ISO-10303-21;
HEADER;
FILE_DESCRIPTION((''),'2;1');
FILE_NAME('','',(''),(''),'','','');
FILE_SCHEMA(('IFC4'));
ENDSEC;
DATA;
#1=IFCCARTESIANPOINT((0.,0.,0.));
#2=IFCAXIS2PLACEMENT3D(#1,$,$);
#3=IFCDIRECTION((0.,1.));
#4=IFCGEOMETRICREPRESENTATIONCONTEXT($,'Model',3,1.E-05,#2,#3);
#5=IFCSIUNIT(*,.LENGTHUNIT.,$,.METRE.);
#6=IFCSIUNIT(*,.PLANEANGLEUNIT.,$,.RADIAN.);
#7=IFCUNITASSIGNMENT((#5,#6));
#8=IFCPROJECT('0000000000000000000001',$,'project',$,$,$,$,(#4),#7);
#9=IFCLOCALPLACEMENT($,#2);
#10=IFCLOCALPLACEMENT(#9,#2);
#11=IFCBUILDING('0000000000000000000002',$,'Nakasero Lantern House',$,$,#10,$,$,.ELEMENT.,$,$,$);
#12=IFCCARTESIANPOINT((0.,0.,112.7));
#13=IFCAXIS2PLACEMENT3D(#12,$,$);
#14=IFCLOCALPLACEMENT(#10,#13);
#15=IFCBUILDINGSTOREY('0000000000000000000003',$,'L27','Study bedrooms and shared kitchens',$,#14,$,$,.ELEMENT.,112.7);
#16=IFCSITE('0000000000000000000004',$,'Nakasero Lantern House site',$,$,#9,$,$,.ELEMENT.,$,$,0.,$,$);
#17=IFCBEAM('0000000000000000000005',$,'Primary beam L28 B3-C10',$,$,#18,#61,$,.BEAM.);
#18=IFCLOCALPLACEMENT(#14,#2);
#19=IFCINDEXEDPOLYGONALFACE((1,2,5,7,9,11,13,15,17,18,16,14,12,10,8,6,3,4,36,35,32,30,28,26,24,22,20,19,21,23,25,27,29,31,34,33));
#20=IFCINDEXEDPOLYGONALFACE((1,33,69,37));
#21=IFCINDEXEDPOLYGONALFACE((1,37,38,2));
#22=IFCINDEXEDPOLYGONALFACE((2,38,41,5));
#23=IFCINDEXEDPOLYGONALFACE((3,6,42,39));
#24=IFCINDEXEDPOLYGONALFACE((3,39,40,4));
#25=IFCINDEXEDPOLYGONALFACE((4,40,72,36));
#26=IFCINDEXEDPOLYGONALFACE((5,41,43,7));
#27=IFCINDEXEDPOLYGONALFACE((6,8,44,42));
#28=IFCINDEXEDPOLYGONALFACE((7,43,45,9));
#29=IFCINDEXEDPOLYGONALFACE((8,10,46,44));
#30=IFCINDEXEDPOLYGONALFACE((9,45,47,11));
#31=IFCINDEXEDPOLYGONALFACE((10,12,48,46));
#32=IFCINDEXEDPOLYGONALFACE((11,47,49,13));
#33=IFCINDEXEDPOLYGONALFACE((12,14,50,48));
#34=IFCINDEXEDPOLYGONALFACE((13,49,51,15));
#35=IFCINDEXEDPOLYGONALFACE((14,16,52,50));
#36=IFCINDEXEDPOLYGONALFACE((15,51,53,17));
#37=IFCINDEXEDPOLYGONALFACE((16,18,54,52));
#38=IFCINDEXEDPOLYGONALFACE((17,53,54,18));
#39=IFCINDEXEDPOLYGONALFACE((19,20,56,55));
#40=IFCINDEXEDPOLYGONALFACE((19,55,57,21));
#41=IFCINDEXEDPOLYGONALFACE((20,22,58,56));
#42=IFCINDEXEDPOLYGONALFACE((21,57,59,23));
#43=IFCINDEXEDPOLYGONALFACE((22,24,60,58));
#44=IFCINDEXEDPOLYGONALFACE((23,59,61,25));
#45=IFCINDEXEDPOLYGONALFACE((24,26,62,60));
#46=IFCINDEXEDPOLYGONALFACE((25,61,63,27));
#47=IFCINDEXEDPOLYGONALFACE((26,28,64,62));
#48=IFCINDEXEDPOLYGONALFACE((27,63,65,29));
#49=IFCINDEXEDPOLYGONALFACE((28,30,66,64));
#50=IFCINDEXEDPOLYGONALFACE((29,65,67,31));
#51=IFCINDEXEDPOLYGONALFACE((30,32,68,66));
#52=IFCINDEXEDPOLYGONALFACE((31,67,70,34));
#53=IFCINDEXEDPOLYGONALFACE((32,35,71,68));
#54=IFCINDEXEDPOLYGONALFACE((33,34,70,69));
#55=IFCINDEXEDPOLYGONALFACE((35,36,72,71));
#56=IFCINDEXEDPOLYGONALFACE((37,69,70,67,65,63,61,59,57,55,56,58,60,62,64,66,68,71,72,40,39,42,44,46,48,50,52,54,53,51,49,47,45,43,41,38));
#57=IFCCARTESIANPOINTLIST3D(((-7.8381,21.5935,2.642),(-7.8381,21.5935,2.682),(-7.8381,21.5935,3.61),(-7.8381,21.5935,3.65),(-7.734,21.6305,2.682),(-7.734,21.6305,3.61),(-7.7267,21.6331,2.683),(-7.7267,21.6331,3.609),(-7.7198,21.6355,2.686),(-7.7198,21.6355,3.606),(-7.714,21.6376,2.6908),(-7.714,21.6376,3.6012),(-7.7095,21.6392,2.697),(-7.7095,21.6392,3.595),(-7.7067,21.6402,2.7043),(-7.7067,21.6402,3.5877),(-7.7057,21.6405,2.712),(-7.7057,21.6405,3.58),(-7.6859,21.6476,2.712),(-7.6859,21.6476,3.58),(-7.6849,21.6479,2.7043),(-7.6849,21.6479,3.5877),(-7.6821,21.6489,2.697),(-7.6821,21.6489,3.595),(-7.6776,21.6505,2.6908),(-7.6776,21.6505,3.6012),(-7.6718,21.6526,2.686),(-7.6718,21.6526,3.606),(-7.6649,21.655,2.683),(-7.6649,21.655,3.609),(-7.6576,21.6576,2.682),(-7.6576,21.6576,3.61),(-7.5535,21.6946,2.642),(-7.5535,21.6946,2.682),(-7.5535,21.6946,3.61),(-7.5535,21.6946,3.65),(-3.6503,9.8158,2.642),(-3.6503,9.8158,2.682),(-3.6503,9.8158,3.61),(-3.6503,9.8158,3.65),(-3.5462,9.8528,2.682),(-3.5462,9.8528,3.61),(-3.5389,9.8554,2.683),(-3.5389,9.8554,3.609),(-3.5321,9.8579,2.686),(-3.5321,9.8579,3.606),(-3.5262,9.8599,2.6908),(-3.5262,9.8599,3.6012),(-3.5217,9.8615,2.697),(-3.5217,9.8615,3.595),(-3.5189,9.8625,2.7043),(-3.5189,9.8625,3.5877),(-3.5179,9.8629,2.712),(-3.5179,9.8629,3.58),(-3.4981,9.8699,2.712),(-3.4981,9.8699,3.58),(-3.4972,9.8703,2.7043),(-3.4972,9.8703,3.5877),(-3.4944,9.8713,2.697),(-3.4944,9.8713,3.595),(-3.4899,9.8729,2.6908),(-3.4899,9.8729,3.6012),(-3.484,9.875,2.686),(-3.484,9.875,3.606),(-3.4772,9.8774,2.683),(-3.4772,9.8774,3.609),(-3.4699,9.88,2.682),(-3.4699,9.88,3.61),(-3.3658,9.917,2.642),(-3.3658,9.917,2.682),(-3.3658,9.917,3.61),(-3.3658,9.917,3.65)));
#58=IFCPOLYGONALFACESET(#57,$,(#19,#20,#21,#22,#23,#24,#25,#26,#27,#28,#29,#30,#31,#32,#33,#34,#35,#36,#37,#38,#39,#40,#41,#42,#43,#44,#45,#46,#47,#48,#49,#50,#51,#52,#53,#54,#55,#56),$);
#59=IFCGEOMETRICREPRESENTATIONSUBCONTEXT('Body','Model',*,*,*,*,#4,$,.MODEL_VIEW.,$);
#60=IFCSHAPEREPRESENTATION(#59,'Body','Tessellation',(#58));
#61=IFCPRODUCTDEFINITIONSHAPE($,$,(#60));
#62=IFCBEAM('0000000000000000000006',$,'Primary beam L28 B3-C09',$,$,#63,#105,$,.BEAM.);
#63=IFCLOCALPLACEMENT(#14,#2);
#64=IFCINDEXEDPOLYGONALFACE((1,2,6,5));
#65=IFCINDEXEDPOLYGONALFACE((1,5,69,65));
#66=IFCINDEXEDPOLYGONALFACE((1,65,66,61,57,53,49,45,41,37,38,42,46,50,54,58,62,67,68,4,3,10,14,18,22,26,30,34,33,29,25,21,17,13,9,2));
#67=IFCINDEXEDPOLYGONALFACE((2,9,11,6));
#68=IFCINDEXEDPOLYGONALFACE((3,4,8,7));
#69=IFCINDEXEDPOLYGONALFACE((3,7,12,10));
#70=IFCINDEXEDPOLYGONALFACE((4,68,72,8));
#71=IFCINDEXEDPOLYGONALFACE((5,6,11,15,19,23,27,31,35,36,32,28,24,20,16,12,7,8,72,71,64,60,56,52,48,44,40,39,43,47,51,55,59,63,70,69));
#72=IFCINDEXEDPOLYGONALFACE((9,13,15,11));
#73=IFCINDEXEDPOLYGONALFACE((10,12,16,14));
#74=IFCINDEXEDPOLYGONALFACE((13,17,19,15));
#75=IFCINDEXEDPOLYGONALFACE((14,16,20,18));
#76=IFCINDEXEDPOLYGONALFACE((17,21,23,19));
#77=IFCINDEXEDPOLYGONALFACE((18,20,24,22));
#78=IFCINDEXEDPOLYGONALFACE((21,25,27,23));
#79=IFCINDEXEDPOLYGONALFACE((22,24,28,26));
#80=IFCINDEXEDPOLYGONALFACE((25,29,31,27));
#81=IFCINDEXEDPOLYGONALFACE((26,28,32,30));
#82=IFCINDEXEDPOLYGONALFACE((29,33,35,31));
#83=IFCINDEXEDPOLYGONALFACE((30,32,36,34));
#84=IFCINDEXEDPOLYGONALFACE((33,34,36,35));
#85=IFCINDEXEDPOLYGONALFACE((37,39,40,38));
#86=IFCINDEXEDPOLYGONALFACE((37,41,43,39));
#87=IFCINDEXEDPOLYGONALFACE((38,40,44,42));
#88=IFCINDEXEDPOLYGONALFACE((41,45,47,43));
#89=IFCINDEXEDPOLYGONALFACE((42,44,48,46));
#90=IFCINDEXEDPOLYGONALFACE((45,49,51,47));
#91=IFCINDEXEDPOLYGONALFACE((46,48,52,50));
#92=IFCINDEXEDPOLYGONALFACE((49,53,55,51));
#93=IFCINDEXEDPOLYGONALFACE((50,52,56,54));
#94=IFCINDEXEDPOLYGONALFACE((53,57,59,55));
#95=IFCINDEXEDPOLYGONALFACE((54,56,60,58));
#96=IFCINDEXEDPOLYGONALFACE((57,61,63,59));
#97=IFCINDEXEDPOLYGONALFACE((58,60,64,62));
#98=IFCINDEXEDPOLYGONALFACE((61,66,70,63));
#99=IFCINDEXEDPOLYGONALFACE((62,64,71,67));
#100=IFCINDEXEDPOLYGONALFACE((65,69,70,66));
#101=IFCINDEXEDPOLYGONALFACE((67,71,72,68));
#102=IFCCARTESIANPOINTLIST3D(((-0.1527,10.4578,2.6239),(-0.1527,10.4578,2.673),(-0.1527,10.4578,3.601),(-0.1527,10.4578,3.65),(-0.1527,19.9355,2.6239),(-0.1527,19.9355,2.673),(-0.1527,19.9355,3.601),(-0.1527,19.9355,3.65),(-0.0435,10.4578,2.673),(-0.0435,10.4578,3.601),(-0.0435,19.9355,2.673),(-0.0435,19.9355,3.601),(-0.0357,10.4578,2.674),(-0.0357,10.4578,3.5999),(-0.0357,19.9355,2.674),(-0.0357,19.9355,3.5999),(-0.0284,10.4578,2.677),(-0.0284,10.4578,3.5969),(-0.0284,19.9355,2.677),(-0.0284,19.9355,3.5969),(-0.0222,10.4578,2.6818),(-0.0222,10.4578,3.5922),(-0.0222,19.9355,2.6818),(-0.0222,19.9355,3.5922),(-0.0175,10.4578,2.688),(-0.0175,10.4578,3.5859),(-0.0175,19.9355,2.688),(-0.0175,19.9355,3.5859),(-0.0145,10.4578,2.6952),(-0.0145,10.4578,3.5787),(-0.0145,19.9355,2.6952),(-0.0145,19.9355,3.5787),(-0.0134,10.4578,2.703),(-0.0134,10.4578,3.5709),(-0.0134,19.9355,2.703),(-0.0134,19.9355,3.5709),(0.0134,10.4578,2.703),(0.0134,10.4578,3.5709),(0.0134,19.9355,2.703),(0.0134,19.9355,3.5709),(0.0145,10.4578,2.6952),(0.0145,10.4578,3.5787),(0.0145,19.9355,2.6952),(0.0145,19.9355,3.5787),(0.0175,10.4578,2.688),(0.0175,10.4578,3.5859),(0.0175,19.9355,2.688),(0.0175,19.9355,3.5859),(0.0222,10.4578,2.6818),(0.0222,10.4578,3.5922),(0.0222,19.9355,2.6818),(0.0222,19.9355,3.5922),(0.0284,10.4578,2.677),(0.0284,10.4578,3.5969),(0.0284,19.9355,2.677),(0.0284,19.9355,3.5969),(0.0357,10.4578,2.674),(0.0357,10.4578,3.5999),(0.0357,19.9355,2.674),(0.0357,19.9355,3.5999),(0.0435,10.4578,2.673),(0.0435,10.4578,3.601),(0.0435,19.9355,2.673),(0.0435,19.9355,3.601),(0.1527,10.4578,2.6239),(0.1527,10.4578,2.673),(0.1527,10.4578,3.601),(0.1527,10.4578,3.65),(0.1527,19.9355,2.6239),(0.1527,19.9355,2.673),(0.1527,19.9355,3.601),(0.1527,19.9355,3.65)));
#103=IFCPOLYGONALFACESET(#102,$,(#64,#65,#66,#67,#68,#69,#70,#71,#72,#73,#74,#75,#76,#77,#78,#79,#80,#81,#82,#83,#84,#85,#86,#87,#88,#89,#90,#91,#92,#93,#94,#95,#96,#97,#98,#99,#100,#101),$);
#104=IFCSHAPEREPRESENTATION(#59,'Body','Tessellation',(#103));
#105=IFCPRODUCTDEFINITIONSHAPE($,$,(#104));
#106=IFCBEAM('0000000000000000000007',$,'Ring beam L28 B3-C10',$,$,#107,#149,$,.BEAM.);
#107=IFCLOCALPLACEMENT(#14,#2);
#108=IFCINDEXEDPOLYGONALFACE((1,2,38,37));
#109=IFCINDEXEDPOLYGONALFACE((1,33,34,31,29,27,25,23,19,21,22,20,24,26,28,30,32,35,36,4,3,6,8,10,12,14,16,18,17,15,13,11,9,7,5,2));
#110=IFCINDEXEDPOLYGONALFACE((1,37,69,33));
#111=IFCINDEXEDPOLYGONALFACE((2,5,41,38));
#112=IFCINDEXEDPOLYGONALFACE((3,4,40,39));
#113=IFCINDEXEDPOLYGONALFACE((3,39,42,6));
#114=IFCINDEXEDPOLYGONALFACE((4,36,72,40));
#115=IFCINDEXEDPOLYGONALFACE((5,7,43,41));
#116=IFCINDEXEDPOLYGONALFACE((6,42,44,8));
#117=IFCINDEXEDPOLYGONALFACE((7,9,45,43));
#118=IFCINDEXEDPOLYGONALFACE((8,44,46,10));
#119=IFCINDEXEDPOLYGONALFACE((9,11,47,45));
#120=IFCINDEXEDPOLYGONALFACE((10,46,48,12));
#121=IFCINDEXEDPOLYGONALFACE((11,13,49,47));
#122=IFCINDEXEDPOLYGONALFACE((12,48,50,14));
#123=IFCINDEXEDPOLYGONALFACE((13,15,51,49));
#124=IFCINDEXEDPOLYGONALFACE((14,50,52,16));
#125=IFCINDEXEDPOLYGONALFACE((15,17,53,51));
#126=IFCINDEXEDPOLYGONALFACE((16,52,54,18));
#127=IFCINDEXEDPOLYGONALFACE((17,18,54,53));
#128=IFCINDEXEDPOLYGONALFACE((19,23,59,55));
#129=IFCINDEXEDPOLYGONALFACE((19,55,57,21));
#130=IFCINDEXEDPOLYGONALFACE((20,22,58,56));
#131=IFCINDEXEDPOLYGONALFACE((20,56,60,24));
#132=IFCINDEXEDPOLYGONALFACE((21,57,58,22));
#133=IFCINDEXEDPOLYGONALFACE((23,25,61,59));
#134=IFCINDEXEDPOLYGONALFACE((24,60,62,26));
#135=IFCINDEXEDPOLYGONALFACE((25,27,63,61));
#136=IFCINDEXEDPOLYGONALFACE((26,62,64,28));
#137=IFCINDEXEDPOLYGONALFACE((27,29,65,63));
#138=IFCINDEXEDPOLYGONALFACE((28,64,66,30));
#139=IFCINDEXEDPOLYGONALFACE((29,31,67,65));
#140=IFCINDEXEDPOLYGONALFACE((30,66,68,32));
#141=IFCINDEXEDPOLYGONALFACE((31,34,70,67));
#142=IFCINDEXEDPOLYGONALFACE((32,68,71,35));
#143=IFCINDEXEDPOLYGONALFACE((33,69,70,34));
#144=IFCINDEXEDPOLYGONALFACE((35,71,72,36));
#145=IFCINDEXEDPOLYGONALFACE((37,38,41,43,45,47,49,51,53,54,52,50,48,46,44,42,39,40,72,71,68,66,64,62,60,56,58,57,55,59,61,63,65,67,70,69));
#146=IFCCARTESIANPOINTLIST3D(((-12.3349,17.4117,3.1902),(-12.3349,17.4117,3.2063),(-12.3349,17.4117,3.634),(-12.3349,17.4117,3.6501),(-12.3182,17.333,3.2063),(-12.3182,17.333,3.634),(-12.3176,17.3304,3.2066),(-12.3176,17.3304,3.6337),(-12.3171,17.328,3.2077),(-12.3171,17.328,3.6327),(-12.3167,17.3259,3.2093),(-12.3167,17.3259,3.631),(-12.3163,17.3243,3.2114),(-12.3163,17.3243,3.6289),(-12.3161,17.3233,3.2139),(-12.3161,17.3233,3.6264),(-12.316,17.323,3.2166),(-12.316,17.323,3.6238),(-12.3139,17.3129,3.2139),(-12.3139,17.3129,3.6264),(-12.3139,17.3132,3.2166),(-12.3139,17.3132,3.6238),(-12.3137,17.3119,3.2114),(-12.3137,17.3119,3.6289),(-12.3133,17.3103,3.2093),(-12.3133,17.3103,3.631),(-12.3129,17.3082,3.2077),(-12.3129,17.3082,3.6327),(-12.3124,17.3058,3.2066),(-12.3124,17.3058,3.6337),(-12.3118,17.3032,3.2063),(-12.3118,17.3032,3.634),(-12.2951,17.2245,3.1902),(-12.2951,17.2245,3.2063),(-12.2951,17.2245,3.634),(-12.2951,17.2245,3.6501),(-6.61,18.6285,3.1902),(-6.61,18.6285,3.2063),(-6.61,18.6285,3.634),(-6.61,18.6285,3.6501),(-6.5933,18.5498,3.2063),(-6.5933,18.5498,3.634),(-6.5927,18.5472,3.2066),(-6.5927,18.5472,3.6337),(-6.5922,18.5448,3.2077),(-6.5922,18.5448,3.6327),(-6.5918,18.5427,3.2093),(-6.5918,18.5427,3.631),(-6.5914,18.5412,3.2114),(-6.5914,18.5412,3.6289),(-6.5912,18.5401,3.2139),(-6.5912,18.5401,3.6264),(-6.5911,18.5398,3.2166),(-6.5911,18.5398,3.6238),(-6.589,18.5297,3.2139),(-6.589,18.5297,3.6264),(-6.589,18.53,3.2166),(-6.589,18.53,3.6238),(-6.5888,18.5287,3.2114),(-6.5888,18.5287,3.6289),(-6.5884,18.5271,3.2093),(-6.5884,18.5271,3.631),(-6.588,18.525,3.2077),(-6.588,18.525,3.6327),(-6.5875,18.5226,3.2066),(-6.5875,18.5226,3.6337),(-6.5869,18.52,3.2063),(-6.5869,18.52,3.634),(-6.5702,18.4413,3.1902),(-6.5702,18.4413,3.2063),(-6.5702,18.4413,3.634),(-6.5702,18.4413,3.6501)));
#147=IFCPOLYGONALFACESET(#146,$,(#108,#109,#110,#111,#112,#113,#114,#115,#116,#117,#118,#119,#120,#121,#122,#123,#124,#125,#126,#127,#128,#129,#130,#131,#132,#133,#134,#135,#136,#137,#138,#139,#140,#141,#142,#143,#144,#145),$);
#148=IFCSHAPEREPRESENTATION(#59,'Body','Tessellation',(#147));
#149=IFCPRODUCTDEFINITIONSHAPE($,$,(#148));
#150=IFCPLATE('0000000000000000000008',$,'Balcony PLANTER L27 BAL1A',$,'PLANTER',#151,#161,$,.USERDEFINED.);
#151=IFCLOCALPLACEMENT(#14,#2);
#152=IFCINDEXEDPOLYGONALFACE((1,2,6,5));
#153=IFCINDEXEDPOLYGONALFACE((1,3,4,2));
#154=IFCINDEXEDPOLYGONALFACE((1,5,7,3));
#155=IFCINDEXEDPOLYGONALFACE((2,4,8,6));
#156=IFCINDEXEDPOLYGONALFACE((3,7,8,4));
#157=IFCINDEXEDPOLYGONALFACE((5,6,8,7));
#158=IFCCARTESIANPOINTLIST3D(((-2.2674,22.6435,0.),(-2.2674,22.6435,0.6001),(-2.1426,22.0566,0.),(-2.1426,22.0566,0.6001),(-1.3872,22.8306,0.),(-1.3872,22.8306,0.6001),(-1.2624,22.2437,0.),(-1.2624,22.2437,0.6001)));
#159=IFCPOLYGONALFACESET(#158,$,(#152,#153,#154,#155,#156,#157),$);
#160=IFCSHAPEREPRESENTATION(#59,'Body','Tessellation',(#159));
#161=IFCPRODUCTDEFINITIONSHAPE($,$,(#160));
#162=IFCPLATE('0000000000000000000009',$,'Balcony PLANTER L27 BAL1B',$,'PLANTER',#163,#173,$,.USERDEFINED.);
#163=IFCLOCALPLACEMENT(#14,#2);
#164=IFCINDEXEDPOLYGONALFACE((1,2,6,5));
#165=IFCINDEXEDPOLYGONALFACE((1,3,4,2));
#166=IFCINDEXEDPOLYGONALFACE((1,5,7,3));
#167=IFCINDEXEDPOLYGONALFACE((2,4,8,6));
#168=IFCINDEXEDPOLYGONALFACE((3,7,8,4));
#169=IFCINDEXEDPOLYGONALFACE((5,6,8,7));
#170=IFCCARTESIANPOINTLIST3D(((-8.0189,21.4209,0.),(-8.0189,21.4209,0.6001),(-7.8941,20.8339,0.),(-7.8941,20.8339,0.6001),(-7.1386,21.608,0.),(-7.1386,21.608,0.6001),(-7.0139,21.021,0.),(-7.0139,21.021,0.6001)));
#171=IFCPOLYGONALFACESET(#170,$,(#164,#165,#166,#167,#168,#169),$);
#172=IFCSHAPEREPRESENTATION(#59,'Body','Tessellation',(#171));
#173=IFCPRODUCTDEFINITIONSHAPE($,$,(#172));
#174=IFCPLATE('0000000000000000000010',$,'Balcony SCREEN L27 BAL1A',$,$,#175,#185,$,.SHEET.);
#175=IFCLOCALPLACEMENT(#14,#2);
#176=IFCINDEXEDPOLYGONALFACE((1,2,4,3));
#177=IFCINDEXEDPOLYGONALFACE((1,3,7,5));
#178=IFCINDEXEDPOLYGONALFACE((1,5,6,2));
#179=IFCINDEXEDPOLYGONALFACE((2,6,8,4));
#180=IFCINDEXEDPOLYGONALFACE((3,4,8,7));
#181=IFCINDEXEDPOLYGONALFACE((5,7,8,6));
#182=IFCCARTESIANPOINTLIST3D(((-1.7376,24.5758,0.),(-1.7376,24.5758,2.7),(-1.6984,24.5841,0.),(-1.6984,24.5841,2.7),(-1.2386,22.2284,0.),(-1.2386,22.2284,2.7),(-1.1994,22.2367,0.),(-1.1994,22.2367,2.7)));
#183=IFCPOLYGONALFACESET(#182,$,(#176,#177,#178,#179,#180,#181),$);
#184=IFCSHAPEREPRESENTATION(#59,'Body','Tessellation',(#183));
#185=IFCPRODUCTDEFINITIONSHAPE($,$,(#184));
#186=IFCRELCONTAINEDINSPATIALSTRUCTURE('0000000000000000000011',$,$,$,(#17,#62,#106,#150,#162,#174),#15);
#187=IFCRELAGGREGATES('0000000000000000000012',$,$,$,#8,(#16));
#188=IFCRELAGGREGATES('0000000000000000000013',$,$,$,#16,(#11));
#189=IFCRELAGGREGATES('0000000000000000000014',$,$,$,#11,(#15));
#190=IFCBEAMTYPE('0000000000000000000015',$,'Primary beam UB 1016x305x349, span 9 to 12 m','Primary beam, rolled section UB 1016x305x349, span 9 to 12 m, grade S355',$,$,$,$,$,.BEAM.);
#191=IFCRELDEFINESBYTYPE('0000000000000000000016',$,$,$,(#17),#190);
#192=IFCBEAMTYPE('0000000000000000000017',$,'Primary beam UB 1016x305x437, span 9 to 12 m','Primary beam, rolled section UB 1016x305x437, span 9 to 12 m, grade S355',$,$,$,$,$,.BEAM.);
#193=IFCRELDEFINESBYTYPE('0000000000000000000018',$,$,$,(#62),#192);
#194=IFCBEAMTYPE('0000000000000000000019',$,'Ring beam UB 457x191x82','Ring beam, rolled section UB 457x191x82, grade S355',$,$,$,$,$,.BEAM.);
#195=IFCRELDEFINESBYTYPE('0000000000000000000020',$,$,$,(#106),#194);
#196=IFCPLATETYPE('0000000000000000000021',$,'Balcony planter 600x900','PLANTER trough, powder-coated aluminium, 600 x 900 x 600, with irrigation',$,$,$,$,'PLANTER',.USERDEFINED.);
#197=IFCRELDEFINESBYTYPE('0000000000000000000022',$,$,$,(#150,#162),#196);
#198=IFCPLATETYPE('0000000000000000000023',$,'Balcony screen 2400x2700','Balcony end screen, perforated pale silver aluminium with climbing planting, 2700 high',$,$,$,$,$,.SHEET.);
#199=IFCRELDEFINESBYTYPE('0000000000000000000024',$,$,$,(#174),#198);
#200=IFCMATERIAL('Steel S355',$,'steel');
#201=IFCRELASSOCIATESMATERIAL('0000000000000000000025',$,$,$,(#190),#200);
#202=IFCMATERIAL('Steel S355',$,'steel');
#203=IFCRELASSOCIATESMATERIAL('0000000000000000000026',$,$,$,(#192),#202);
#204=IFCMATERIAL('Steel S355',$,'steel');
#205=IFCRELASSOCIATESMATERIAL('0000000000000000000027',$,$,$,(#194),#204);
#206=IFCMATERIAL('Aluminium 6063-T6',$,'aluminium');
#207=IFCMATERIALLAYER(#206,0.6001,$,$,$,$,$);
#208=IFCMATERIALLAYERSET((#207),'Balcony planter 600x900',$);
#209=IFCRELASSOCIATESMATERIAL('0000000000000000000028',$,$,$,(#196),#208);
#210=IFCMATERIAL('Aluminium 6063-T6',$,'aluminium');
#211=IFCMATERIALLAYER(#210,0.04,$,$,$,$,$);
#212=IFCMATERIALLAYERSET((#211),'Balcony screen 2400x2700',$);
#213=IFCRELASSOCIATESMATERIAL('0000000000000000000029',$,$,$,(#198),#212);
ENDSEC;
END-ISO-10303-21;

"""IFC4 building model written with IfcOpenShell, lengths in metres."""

from ifc_helpers import new_model, si_unit, direction, frame, origin, origin_2d, place, context, subcontext, project, spatial, rectangle, i_section, extrude, material, layer, layer_set, material_profile, profile_set, type_object, element, save


model = new_model("IFC4")

# Units and contexts
model_context = context("Model", 3, precision=1e-05, world=origin(), true_north=direction((0.0, 1.0)))
body_context = subcontext(model_context, "Body", "Model", "MODEL_VIEW")
ifc_project = project(units=[si_unit("LENGTHUNIT", "METRE"), si_unit("PLANEANGLEUNIT", "RADIAN")], contexts=[model_context])

# Site, building, storey
site_placement = place(None, origin())
site = spatial("IfcSite", under=ifc_project, at=site_placement, Name="Nakasero Lantern House site", CompositionType="ELEMENT", RefElevation=0.0)
building_placement = place(site_placement, origin())
building = spatial("IfcBuilding", under=site, at=building_placement, Name="Nakasero Lantern House", CompositionType="ELEMENT")
storey_placement = place(building_placement, frame((0.0, 0.0, 112.7)))
storey = spatial("IfcBuildingStorey", under=building, at=storey_placement, Name="L27", Description="Study bedrooms and shared kitchens", CompositionType="ELEMENT", Elevation=112.7)

# Beams
ifc_material_1 = material(Name="Steel S355", Category="steel")
ifc_material_profile_1 = material_profile(ifc_material_1, i_section(OverallWidth=0.302, OverallDepth=1.0081, WebThickness=0.021, FlangeThickness=0.04, FilletRadius=0.03, at=origin_2d()), Name="UB 1016x305x349")
ifc_profile_set_1 = profile_set([ifc_material_profile_1], Name="Steel S355")
beam_type_1 = type_object("IfcBeamType", Name="Primary beam UB 1016x305x349, span 9 to 12 m", Description="Primary beam, rolled section UB 1016x305x349, span 9 to 12 m, grade S355", PredefinedType="BEAM", material=ifc_profile_set_1)
beam_1_placement = place(storey_placement, frame((-7.6958, 21.644, 3.146), z_axis=(0.335021, -0.942211, 0.0), x_axis=(0.942211, 0.335021, 0.0)))
element("IfcBeam", 1, at=beam_1_placement, inside=storey, type_object=beam_type_1, Name="Primary beam L28 B3-C10", PredefinedType="BEAM", context=body_context, shape_type="SweptSolid", body=[
    extrude(i_section(OverallWidth=0.302, OverallDepth=1.0081, WebThickness=0.021, FlangeThickness=0.04, FilletRadius=0.03, at=origin_2d()), origin(), (0.0, 0.0, 1.0), 12.5),
])
ifc_material_2 = material(Name="Steel S355", Category="steel")
ifc_material_profile_2 = material_profile(ifc_material_2, i_section(OverallWidth=0.3054, OverallDepth=1.0261, WebThickness=0.0269, FlangeThickness=0.0491, FilletRadius=0.03, at=origin_2d()), Name="UB 1016x305x437")
ifc_profile_set_2 = profile_set([ifc_material_profile_2], Name="Steel S355")
beam_type_2 = type_object("IfcBeamType", Name="Primary beam UB 1016x305x437, span 9 to 12 m", Description="Primary beam, rolled section UB 1016x305x437, span 9 to 12 m, grade S355", PredefinedType="BEAM", material=ifc_profile_set_2)
beam_2_placement = place(storey_placement, frame((0.0, 19.9355, 3.137), z_axis=(0.0, -1.0, 0.0), x_axis=(1.0, 0.0, 0.0)))
element("IfcBeam", 2, at=beam_2_placement, inside=storey, type_object=beam_type_2, Name="Primary beam L28 B3-C09", PredefinedType="BEAM", context=body_context, shape_type="SweptSolid", body=[
    extrude(i_section(OverallWidth=0.3054, OverallDepth=1.0261, WebThickness=0.0269, FlangeThickness=0.0491, FilletRadius=0.03, at=origin_2d()), origin(), (0.0, 0.0, 1.0), 9.4778),
])
ifc_material_3 = material(Name="Steel S355", Category="steel")
ifc_material_profile_3 = material_profile(ifc_material_3, i_section(OverallWidth=0.1914, OverallDepth=0.46, WebThickness=0.01, FlangeThickness=0.0161, FilletRadius=0.0103, at=origin_2d()), Name="UB 457x191x82")
ifc_profile_set_3 = profile_set([ifc_material_profile_3], Name="Steel S355")
beam_type_3 = type_object("IfcBeamType", Name="Ring beam UB 457x191x82", Description="Ring beam, rolled section UB 457x191x82, grade S355", PredefinedType="BEAM", material=ifc_profile_set_3)
beam_3_placement = place(storey_placement, frame((-6.5901, 18.5349, 3.4202), z_axis=(-0.97815, -0.207902, 0.0), x_axis=(0.207902, -0.97815, 0.0)))
element("IfcBeam", 3, at=beam_3_placement, inside=storey, type_object=beam_type_3, Name="Ring beam L28 B3-C10", PredefinedType="BEAM", context=body_context, shape_type="SweptSolid", body=[
    extrude(i_section(OverallWidth=0.1914, OverallDepth=0.46, WebThickness=0.01, FlangeThickness=0.0161, FilletRadius=0.0103, at=origin_2d()), origin(), (0.0, 0.0, 1.0), 5.8528),
])

# Plates
ifc_material_4 = material(Name="Aluminium 6063-T6", Category="aluminium")
ifc_layer_1 = layer(ifc_material_4, 0.6001)
ifc_layer_set_1 = layer_set([ifc_layer_1], Name="Balcony planter 600x900")
plate_type_1 = type_object("IfcPlateType", Name="Balcony planter 600x900", Description="PLANTER trough, powder-coated aluminium, 600 x 900 x 600, with irrigation", ElementType="PLANTER", PredefinedType="USERDEFINED", material=ifc_layer_set_1)
for number, where, z_axis, x_axis, name in (
    (4, (-1.7649, 22.4436, 0.0), (0.0, 0.0, 1.0), (-0.207912, 0.978148, 0.0), "Balcony PLANTER L27 BAL1A"),
    (5, (-7.5164, 21.2209, 0.0), (0.0, 0.0, 1.0), (-0.207912, 0.978148, 0.0), "Balcony PLANTER L27 BAL1B"),
):
    element("IfcPlate", number, at=place(storey_placement, frame(where, z_axis=z_axis, x_axis=x_axis)), inside=storey, type_object=plate_type_1, Name=name, ObjectType="PLANTER", PredefinedType="USERDEFINED", context=body_context, shape_type="SweptSolid", body=[
        extrude(rectangle(XDim=0.6001, YDim=0.8999, at=origin_2d()), origin(), (0.0, 0.0, 1.0), 0.6001),
    ])
ifc_material_5 = material(Name="Aluminium 6063-T6", Category="aluminium")
ifc_layer_2 = layer(ifc_material_5, 0.04)
ifc_layer_set_2 = layer_set([ifc_layer_2], Name="Balcony screen 2400x2700")
plate_type_2 = type_object("IfcPlateType", Name="Balcony screen 2400x2700", Description="Balcony end screen, perforated pale silver aluminium with climbing planting, 2700 high", PredefinedType="SHEET", material=ifc_layer_set_2)
for number, where, z_axis, x_axis, name in (
    (6, (-1.4685, 23.4062, 0.0), (0.0, 0.0, 1.0), (-0.207912, 0.978148, 0.0), "Balcony SCREEN L27 BAL1A"),
):
    element("IfcPlate", number, at=place(storey_placement, frame(where, z_axis=z_axis, x_axis=x_axis)), inside=storey, type_object=plate_type_2, Name=name, PredefinedType="SHEET", context=body_context, shape_type="SweptSolid", body=[
        extrude(rectangle(XDim=2.3999, YDim=0.04, at=origin_2d()), origin(), (0.0, 0.0, 1.0), 2.7),
    ])

save(model, "model.ifc")
